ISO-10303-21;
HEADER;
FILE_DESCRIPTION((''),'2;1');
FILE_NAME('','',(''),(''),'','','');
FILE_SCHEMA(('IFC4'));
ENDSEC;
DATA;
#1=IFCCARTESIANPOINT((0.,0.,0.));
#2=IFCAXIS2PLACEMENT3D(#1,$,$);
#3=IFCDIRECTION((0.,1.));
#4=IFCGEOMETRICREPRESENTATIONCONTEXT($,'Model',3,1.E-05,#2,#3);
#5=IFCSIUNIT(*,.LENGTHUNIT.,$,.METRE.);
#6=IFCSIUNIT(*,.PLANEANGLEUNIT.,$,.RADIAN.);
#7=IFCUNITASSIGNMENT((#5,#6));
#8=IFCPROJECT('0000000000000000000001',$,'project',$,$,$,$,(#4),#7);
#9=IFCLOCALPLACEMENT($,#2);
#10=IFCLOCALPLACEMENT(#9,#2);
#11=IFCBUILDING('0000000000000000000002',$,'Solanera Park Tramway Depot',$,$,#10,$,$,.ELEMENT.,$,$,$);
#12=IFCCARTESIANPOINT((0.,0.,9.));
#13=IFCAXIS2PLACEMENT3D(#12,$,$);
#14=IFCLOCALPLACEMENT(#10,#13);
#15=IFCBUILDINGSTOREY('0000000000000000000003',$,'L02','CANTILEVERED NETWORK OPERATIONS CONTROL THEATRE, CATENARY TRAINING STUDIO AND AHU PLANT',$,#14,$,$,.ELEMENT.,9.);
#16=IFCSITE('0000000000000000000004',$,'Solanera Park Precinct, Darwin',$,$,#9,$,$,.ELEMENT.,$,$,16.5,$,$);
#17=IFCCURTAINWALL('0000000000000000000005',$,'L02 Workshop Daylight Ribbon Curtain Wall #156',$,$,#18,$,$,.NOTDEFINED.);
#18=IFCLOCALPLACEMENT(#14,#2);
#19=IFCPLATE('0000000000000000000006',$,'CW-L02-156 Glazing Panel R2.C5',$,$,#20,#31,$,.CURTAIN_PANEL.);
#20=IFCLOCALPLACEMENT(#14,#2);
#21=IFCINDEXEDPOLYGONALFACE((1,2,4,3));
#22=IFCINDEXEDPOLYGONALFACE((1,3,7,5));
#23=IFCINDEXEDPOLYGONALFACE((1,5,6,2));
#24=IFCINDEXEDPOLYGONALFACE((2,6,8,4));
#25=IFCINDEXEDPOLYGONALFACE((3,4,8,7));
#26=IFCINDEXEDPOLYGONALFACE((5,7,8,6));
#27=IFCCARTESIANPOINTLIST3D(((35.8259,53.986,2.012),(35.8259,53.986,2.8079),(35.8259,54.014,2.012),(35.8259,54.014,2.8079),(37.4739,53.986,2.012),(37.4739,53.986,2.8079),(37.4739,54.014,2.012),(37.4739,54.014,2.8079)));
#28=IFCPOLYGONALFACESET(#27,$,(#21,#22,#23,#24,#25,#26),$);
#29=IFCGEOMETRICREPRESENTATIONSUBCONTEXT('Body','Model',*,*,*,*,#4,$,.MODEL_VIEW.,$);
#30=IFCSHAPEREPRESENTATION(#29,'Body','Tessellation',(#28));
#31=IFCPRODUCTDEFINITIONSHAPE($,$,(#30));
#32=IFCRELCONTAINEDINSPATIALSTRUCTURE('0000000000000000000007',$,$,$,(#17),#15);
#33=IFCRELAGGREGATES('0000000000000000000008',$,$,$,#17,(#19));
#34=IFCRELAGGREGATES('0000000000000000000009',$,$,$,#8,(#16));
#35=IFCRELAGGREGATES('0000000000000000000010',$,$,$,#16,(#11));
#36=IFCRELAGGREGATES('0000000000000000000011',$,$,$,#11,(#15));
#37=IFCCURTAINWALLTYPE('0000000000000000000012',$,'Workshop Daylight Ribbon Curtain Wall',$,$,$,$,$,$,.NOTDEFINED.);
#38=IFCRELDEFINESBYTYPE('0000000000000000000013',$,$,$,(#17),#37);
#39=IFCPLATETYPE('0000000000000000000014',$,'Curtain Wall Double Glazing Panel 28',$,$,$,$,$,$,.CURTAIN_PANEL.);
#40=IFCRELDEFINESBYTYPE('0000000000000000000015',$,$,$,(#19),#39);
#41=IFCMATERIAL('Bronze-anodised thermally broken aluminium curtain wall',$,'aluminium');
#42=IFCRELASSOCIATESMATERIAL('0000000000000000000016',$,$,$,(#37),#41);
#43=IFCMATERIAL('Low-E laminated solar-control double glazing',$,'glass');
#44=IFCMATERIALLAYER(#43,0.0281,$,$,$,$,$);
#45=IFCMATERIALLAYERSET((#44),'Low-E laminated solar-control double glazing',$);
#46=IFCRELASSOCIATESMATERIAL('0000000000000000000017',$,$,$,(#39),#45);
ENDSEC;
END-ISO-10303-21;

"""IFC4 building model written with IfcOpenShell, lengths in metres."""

from ifc_helpers import new_model, si_unit, direction, frame, origin, origin_2d, place, context, subcontext, project, spatial, rectangle, extrude, material, layer, layer_set, type_object, element, aggregate, save


model = new_model("IFC4")

# Units and contexts
model_context = context("Model", 3, precision=1e-05, world=origin(), true_north=direction((0.0, 1.0)))
body_context = subcontext(model_context, "Body", "Model", "MODEL_VIEW")
ifc_project = project(units=[si_unit("LENGTHUNIT", "METRE"), si_unit("PLANEANGLEUNIT", "RADIAN")], contexts=[model_context])

# Site, building, storey
site_placement = place(None, origin())
site = spatial("IfcSite", under=ifc_project, at=site_placement, Name="Solanera Park Precinct, Darwin", CompositionType="ELEMENT", RefElevation=16.5)
building_placement = place(site_placement, origin())
building = spatial("IfcBuilding", under=site, at=building_placement, Name="Solanera Park Tramway Depot", CompositionType="ELEMENT")
storey_placement = place(building_placement, frame((0.0, 0.0, 9.0)))
storey = spatial("IfcBuildingStorey", under=building, at=storey_placement, Name="L02", Description="CANTILEVERED NETWORK OPERATIONS CONTROL THEATRE, CATENARY TRAINING STUDIO AND AHU PLANT", CompositionType="ELEMENT", Elevation=9.0)

# Curtain wall, plate
ifc_material_1 = material(Name="Bronze-anodised thermally broken aluminium curtain wall", Category="aluminium")
curtain_wall_type = type_object("IfcCurtainWallType", Name="Workshop Daylight Ribbon Curtain Wall", PredefinedType="NOTDEFINED", material=ifc_material_1)
curtain_wall_placement = place(storey_placement, origin())
curtain_wall = element("IfcCurtainWall", 1, at=curtain_wall_placement, inside=storey, type_object=curtain_wall_type, Name="L02 Workshop Daylight Ribbon Curtain Wall #156", PredefinedType="NOTDEFINED")
ifc_material_2 = material(Name="Low-E laminated solar-control double glazing", Category="glass")
ifc_layer = layer(ifc_material_2, 0.0281)
ifc_layer_set = layer_set([ifc_layer], Name="Low-E laminated solar-control double glazing")
plate_type = type_object("IfcPlateType", Name="Curtain Wall Double Glazing Panel 28", PredefinedType="CURTAIN_PANEL", material=ifc_layer_set)
plate_1_placement = place(storey_placement, frame((36.6499, 54.0, 2.012), z_axis=(0.0, 0.0, 1.0), x_axis=(-1.0, 0.0, 0.0)))
plate_1 = element("IfcPlate", 2, at=plate_1_placement, type_object=plate_type, Name="CW-L02-156 Glazing Panel R2.C5", PredefinedType="CURTAIN_PANEL", context=body_context, shape_type="SweptSolid", body=[
    extrude(rectangle(XDim=1.6479, YDim=0.0281, at=origin_2d()), origin(), (0.0, 0.0, 1.0), 0.7959),
])
aggregate(curtain_wall, [plate_1])

save(model, "model.ifc")
